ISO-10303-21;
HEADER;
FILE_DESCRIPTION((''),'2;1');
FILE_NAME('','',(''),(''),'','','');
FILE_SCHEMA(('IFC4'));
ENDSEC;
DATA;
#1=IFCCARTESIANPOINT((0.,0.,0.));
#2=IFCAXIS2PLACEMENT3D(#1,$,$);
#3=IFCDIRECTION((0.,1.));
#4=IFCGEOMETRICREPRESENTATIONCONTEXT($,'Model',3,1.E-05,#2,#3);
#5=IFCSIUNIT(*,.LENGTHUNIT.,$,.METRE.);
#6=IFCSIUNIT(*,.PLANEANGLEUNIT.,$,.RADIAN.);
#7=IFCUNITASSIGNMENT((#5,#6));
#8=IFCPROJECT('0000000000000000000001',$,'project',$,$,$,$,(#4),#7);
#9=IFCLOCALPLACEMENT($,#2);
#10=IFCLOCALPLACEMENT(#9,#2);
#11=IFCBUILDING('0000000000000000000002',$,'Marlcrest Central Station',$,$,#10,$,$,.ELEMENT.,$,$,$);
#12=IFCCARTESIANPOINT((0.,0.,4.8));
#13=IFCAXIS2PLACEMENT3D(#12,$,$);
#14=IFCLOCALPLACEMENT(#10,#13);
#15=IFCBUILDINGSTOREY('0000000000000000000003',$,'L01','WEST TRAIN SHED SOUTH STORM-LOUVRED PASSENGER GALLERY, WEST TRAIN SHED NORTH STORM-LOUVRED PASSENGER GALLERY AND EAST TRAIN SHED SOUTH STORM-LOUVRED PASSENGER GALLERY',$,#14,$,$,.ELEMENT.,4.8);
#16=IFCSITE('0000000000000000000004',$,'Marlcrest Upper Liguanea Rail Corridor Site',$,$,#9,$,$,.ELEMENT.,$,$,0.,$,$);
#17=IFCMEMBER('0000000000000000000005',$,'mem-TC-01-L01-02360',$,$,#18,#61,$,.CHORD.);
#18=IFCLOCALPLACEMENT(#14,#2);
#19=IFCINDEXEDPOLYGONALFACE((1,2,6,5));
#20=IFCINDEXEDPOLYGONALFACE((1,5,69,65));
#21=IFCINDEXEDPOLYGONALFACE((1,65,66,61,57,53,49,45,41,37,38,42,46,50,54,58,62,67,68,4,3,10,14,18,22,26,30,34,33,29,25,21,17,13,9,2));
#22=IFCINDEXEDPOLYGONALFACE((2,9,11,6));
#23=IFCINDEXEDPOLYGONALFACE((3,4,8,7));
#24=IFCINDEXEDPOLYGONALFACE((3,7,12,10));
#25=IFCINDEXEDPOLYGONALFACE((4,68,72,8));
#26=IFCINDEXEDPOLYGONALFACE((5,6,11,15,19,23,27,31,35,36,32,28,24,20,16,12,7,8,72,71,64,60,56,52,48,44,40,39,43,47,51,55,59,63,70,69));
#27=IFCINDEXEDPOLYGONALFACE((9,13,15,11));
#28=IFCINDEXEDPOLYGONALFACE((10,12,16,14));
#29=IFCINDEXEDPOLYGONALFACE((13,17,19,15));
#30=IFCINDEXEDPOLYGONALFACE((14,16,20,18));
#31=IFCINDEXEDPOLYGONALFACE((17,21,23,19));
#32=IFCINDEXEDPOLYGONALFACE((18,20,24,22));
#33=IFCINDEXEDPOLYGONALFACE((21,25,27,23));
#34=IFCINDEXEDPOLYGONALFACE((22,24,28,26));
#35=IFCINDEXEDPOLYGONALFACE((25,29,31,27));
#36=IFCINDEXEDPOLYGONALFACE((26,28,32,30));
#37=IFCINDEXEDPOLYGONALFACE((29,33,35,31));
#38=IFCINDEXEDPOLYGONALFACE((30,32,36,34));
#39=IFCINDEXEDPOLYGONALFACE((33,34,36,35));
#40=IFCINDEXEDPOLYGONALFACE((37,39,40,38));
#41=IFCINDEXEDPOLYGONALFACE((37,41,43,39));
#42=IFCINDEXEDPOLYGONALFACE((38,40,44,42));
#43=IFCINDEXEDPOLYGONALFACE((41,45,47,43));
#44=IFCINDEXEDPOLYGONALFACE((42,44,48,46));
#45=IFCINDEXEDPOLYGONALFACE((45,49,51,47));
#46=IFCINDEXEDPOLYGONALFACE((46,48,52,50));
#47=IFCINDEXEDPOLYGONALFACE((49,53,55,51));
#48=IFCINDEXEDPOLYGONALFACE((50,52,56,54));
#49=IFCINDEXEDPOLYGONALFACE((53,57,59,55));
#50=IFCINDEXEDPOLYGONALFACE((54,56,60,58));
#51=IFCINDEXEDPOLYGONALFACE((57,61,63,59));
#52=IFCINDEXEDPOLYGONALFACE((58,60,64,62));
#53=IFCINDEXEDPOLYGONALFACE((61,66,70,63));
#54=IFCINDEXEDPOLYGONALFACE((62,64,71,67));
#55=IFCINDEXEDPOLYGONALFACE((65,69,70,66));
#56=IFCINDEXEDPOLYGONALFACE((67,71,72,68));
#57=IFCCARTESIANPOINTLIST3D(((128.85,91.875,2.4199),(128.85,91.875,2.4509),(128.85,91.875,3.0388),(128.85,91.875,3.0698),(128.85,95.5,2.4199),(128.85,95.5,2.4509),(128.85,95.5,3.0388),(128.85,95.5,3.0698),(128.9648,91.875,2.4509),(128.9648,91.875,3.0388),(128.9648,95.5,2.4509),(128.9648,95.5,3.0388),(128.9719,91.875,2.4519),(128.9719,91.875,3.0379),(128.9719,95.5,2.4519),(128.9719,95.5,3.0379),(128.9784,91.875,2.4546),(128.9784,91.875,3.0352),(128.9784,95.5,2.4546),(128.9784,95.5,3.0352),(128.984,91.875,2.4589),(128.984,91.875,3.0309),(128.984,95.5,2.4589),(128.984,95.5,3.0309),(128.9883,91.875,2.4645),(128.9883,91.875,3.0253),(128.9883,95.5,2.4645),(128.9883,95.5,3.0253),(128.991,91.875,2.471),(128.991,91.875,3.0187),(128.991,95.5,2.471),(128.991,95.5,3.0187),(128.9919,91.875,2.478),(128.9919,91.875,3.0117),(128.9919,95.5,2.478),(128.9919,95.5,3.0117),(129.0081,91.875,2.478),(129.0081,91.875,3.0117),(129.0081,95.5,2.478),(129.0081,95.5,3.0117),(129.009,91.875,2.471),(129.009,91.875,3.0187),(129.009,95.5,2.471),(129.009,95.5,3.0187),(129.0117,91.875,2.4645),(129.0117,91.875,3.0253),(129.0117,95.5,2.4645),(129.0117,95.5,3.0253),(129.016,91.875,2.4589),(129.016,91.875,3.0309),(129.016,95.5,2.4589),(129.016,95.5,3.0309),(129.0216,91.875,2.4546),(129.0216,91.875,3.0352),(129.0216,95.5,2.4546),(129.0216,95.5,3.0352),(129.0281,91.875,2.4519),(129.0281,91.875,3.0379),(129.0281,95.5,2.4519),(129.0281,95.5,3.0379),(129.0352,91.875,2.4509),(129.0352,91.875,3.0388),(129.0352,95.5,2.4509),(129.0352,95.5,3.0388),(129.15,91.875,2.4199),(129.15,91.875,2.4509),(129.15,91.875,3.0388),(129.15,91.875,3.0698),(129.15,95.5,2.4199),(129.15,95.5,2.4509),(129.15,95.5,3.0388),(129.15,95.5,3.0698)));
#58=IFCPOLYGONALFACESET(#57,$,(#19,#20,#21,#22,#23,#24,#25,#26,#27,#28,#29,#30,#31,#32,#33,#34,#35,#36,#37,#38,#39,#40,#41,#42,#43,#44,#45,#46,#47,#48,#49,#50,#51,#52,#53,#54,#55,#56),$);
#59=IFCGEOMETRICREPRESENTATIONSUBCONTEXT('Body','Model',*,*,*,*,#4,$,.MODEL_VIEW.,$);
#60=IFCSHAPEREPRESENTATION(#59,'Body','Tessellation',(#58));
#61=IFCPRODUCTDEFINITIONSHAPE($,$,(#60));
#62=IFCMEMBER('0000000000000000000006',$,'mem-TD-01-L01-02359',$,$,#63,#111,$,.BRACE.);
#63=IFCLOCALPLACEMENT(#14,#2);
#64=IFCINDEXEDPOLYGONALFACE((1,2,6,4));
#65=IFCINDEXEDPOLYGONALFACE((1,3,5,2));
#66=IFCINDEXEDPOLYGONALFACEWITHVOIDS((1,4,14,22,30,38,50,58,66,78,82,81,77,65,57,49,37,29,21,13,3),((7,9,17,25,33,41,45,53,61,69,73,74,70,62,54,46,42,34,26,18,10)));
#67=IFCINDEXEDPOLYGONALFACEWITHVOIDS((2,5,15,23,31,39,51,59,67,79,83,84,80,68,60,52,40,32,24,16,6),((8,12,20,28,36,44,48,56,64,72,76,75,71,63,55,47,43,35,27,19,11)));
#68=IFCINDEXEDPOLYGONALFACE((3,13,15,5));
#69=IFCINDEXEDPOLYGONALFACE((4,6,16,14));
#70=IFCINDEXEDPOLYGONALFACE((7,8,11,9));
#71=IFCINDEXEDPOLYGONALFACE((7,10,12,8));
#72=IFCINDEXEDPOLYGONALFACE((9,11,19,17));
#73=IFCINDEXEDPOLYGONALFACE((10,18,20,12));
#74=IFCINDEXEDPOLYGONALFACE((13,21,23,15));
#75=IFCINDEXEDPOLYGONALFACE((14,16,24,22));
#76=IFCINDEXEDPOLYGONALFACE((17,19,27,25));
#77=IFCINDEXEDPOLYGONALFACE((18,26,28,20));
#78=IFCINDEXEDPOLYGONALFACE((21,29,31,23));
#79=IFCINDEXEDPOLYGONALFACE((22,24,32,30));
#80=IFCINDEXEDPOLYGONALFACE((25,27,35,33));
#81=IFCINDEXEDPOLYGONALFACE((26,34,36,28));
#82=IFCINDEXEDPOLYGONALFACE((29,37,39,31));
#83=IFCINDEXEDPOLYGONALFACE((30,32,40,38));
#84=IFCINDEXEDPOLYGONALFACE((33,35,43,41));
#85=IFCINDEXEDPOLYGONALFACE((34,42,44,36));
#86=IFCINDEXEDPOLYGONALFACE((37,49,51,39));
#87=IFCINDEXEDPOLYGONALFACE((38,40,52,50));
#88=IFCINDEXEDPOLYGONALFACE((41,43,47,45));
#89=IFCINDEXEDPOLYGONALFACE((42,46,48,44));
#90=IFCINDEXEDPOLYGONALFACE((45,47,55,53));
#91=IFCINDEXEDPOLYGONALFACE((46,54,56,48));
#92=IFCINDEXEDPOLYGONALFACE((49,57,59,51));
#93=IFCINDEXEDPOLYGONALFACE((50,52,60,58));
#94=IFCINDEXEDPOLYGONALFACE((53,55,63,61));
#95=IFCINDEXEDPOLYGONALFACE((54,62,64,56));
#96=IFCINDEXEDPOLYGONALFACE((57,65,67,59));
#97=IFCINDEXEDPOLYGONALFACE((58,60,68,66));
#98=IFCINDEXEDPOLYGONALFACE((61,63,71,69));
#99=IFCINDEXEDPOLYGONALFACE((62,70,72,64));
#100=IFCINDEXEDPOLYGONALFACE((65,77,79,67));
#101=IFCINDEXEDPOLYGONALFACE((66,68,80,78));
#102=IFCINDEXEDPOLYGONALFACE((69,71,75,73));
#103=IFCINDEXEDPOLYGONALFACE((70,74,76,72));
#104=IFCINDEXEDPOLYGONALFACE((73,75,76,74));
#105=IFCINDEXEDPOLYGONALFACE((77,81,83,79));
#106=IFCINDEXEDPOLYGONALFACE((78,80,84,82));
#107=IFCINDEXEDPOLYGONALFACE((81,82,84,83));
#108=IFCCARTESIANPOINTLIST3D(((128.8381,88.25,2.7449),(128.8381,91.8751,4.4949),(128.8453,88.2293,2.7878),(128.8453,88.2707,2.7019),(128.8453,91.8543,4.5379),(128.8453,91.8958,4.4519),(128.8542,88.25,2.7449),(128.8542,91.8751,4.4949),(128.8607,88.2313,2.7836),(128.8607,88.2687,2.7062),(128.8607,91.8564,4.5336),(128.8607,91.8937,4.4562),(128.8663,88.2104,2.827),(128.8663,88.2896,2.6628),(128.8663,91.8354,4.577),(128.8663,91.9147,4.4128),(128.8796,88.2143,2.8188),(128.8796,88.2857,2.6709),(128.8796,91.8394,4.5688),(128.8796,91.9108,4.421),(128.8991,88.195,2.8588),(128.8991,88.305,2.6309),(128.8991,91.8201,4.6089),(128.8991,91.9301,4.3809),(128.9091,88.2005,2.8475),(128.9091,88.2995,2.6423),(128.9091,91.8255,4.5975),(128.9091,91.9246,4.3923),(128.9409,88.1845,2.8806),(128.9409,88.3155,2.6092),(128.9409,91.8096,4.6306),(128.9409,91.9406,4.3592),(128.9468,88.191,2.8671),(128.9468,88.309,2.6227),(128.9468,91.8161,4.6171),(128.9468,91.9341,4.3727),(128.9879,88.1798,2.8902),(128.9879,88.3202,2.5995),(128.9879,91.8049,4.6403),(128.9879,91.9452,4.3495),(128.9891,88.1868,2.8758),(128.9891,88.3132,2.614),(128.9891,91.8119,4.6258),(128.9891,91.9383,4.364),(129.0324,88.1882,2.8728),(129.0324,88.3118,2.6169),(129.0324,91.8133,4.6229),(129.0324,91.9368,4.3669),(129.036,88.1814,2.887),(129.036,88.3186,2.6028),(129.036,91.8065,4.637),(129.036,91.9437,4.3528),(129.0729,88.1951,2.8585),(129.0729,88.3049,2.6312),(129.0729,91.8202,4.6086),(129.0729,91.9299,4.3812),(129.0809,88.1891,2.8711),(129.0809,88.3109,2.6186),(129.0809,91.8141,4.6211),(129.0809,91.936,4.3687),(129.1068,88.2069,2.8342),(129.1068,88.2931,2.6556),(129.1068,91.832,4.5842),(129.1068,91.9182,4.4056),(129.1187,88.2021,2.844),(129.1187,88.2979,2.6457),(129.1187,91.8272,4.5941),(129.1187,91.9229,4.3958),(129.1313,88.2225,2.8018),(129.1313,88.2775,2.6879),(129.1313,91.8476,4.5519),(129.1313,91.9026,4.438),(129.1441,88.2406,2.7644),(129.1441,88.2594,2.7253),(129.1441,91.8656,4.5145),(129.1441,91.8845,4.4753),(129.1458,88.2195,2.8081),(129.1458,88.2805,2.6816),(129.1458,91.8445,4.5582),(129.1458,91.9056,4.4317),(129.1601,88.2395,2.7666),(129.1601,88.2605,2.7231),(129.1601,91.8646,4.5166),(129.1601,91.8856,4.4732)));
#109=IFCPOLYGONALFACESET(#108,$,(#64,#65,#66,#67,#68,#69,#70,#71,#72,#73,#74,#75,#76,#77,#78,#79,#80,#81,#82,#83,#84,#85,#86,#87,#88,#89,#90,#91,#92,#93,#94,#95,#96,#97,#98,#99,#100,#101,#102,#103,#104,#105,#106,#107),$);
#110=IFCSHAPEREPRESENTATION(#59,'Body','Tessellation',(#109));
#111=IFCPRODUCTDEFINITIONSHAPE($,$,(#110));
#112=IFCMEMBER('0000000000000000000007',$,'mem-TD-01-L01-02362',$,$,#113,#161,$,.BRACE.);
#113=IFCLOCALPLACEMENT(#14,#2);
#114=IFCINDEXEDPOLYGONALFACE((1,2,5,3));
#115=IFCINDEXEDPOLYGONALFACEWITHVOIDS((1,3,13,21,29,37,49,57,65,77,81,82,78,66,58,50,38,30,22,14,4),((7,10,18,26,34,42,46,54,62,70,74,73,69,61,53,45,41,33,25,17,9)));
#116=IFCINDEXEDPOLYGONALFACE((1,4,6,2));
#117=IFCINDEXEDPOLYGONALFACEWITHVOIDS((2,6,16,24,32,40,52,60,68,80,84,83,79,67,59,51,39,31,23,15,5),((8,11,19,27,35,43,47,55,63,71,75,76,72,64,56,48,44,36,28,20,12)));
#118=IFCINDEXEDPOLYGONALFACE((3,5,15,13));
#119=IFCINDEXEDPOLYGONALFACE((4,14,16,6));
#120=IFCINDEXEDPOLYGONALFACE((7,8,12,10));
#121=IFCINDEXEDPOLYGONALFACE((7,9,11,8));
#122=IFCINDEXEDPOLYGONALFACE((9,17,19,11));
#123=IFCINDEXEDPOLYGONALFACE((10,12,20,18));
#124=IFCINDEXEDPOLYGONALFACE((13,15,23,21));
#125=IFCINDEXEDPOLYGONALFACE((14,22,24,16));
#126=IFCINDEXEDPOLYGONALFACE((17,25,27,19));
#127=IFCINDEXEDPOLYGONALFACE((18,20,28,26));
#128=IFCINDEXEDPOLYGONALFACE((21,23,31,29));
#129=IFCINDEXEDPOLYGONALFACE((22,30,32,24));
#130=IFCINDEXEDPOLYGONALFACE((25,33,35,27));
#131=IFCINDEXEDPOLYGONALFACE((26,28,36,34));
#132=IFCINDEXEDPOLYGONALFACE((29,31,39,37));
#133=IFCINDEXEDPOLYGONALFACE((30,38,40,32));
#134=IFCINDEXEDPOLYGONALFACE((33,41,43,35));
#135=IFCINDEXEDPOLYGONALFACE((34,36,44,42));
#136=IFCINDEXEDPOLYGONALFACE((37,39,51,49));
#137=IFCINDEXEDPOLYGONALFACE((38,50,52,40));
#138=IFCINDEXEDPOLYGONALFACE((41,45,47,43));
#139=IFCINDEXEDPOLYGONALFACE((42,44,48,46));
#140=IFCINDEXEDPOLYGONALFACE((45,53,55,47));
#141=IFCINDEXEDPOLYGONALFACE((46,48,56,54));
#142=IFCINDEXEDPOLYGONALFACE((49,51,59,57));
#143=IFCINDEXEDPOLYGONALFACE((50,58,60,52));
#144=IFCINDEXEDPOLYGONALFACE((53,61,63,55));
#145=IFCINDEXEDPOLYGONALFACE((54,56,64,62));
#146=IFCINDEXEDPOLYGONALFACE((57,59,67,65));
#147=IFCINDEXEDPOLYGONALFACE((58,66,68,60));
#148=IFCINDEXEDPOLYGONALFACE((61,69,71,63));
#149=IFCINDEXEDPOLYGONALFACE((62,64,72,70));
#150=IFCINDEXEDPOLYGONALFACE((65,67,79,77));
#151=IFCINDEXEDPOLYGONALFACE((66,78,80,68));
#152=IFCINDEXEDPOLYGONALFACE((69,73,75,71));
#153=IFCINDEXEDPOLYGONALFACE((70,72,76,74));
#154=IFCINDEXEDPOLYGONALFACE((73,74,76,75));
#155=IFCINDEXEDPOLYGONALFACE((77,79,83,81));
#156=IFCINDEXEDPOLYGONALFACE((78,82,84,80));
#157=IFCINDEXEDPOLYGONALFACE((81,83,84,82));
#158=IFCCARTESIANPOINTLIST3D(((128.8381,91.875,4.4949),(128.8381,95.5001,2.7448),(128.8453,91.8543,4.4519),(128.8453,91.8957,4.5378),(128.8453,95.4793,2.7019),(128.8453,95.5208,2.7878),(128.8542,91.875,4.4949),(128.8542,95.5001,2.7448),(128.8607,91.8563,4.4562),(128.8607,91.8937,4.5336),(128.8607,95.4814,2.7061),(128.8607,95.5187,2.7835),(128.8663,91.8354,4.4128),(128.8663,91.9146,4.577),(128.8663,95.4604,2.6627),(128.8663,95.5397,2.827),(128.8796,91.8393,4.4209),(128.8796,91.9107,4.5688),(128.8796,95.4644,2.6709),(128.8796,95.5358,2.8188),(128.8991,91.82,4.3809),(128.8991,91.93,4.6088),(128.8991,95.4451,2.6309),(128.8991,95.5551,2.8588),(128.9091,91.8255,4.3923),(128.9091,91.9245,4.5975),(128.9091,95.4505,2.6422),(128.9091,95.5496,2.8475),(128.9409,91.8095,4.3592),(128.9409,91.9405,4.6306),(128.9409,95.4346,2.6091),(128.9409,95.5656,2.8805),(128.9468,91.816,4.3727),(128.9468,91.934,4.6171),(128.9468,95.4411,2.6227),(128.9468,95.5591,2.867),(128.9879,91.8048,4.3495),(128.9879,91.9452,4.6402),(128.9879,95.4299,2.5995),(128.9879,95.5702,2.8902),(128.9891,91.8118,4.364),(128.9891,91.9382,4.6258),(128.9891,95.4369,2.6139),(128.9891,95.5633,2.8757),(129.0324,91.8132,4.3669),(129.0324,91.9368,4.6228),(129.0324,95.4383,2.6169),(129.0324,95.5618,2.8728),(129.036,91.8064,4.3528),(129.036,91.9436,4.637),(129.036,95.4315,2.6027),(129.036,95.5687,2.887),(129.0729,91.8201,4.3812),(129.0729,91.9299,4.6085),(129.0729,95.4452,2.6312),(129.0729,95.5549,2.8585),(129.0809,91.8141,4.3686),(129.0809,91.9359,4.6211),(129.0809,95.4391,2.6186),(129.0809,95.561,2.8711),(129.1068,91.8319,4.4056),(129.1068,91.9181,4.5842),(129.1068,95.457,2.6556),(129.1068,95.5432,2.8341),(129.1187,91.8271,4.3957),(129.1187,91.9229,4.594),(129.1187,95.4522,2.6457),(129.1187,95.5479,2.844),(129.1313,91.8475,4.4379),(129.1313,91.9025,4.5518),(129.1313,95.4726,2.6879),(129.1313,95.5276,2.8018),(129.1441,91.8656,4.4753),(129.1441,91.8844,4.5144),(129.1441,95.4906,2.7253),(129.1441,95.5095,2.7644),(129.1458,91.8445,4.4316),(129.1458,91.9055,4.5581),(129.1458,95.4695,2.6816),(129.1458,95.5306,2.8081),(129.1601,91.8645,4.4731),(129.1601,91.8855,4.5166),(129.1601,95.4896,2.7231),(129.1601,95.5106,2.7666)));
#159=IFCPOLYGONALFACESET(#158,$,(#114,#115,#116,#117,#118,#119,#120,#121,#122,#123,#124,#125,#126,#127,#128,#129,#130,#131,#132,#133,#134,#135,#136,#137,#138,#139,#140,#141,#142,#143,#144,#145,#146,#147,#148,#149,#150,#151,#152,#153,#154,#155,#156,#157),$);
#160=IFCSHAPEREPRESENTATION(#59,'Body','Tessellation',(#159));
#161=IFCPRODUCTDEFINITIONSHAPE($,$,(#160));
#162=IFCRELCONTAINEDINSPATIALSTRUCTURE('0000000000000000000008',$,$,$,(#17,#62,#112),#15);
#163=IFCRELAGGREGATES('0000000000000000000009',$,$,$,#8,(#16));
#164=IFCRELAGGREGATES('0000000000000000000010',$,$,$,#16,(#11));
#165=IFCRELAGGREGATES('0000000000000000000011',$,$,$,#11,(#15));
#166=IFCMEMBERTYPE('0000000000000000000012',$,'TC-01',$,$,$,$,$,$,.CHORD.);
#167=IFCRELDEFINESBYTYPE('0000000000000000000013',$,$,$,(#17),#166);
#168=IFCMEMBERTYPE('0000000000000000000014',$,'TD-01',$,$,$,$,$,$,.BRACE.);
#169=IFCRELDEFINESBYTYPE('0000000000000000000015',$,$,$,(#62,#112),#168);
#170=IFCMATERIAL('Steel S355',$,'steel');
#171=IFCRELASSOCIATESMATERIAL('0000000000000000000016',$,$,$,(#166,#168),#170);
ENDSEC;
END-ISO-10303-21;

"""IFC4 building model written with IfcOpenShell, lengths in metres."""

from ifc_helpers import new_model, si_unit, direction, frame, origin, origin_2d, place, context, subcontext, project, spatial, hollow_circle, i_section, extrude, material, material_profile, profile_set, type_object, element, save


model = new_model("IFC4")

# Units and contexts
model_context = context("Model", 3, precision=1e-05, world=origin(), true_north=direction((0.0, 1.0)))
body_context = subcontext(model_context, "Body", "Model", "MODEL_VIEW")
ifc_project = project(units=[si_unit("LENGTHUNIT", "METRE"), si_unit("PLANEANGLEUNIT", "RADIAN")], contexts=[model_context])

# Site, building, storey
site_placement = place(None, origin())
site = spatial("IfcSite", under=ifc_project, at=site_placement, Name="Marlcrest Upper Liguanea Rail Corridor Site", CompositionType="ELEMENT", RefElevation=0.0)
building_placement = place(site_placement, origin())
building = spatial("IfcBuilding", under=site, at=building_placement, Name="Marlcrest Central Station", CompositionType="ELEMENT")
storey_placement = place(building_placement, frame((0.0, 0.0, 4.8)))
storey = spatial("IfcBuildingStorey", under=building, at=storey_placement, Name="L01", Description="WEST TRAIN SHED SOUTH STORM-LOUVRED PASSENGER GALLERY, WEST TRAIN SHED NORTH STORM-LOUVRED PASSENGER GALLERY AND EAST TRAIN SHED SOUTH STORM-LOUVRED PASSENGER GALLERY", CompositionType="ELEMENT", Elevation=4.8)

# Shared definitions
ifc_material_1 = material(Name="Steel S355", Category="steel")

# Members
ifc_material_profile_1 = material_profile(ifc_material_1, i_section(OverallWidth=0.3, OverallDepth=0.6499, WebThickness=0.0161, FlangeThickness=0.031, FilletRadius=0.0271, at=origin_2d()), Name="HEB 650")
ifc_profile_set_1 = profile_set([ifc_material_profile_1], Name="Steel S355")
member_type_1 = type_object("IfcMemberType", Name="TC-01", PredefinedType="CHORD", material=ifc_profile_set_1)
member_placement = place(storey_placement, frame((129.0, 91.875, 2.7449), z_axis=(0.0, 1.0, 0.0), x_axis=(-1.0, 0.0, 0.0)))
element("IfcMember", 1, at=member_placement, inside=storey, type_object=member_type_1, Name="mem-TC-01-L01-02360", PredefinedType="CHORD", context=body_context, shape_type="SweptSolid", body=[
    extrude(i_section(OverallWidth=0.3, OverallDepth=0.6499, WebThickness=0.0161, FlangeThickness=0.031, FilletRadius=0.0271, at=origin_2d()), origin(), (0.0, 0.0, 1.0), 3.625),
])
ifc_material_profile_2 = material_profile(ifc_material_1, hollow_circle(Radius=0.1619, WallThickness=0.0161, at=origin_2d()), Name="CHS 323.9x16")
ifc_profile_set_2 = profile_set([ifc_material_profile_2], Name="Steel S355")
member_type_2 = type_object("IfcMemberType", Name="TD-01", PredefinedType="BRACE", material=ifc_profile_set_2)
for number, where, z_axis, x_axis, name in (
    (2, (129.0, 88.25, 2.7449), (0.0, 0.900552, 0.434749), (-1.0, 0.0, 0.0), "mem-TD-01-L01-02359"),
    (3, (129.0, 91.875, 4.4949), (0.0, 0.900552, -0.434749), (-1.0, 0.0, 0.0), "mem-TD-01-L01-02362"),
):
    element("IfcMember", number, at=place(storey_placement, frame(where, z_axis=z_axis, x_axis=x_axis)), inside=storey, type_object=member_type_2, Name=name, PredefinedType="BRACE", context=body_context, shape_type="SweptSolid", body=[
        extrude(hollow_circle(Radius=0.1619, WallThickness=0.0161, at=origin_2d()), origin(), (0.0, 0.0, 1.0), 4.0254),
    ])

save(model, "model.ifc")
